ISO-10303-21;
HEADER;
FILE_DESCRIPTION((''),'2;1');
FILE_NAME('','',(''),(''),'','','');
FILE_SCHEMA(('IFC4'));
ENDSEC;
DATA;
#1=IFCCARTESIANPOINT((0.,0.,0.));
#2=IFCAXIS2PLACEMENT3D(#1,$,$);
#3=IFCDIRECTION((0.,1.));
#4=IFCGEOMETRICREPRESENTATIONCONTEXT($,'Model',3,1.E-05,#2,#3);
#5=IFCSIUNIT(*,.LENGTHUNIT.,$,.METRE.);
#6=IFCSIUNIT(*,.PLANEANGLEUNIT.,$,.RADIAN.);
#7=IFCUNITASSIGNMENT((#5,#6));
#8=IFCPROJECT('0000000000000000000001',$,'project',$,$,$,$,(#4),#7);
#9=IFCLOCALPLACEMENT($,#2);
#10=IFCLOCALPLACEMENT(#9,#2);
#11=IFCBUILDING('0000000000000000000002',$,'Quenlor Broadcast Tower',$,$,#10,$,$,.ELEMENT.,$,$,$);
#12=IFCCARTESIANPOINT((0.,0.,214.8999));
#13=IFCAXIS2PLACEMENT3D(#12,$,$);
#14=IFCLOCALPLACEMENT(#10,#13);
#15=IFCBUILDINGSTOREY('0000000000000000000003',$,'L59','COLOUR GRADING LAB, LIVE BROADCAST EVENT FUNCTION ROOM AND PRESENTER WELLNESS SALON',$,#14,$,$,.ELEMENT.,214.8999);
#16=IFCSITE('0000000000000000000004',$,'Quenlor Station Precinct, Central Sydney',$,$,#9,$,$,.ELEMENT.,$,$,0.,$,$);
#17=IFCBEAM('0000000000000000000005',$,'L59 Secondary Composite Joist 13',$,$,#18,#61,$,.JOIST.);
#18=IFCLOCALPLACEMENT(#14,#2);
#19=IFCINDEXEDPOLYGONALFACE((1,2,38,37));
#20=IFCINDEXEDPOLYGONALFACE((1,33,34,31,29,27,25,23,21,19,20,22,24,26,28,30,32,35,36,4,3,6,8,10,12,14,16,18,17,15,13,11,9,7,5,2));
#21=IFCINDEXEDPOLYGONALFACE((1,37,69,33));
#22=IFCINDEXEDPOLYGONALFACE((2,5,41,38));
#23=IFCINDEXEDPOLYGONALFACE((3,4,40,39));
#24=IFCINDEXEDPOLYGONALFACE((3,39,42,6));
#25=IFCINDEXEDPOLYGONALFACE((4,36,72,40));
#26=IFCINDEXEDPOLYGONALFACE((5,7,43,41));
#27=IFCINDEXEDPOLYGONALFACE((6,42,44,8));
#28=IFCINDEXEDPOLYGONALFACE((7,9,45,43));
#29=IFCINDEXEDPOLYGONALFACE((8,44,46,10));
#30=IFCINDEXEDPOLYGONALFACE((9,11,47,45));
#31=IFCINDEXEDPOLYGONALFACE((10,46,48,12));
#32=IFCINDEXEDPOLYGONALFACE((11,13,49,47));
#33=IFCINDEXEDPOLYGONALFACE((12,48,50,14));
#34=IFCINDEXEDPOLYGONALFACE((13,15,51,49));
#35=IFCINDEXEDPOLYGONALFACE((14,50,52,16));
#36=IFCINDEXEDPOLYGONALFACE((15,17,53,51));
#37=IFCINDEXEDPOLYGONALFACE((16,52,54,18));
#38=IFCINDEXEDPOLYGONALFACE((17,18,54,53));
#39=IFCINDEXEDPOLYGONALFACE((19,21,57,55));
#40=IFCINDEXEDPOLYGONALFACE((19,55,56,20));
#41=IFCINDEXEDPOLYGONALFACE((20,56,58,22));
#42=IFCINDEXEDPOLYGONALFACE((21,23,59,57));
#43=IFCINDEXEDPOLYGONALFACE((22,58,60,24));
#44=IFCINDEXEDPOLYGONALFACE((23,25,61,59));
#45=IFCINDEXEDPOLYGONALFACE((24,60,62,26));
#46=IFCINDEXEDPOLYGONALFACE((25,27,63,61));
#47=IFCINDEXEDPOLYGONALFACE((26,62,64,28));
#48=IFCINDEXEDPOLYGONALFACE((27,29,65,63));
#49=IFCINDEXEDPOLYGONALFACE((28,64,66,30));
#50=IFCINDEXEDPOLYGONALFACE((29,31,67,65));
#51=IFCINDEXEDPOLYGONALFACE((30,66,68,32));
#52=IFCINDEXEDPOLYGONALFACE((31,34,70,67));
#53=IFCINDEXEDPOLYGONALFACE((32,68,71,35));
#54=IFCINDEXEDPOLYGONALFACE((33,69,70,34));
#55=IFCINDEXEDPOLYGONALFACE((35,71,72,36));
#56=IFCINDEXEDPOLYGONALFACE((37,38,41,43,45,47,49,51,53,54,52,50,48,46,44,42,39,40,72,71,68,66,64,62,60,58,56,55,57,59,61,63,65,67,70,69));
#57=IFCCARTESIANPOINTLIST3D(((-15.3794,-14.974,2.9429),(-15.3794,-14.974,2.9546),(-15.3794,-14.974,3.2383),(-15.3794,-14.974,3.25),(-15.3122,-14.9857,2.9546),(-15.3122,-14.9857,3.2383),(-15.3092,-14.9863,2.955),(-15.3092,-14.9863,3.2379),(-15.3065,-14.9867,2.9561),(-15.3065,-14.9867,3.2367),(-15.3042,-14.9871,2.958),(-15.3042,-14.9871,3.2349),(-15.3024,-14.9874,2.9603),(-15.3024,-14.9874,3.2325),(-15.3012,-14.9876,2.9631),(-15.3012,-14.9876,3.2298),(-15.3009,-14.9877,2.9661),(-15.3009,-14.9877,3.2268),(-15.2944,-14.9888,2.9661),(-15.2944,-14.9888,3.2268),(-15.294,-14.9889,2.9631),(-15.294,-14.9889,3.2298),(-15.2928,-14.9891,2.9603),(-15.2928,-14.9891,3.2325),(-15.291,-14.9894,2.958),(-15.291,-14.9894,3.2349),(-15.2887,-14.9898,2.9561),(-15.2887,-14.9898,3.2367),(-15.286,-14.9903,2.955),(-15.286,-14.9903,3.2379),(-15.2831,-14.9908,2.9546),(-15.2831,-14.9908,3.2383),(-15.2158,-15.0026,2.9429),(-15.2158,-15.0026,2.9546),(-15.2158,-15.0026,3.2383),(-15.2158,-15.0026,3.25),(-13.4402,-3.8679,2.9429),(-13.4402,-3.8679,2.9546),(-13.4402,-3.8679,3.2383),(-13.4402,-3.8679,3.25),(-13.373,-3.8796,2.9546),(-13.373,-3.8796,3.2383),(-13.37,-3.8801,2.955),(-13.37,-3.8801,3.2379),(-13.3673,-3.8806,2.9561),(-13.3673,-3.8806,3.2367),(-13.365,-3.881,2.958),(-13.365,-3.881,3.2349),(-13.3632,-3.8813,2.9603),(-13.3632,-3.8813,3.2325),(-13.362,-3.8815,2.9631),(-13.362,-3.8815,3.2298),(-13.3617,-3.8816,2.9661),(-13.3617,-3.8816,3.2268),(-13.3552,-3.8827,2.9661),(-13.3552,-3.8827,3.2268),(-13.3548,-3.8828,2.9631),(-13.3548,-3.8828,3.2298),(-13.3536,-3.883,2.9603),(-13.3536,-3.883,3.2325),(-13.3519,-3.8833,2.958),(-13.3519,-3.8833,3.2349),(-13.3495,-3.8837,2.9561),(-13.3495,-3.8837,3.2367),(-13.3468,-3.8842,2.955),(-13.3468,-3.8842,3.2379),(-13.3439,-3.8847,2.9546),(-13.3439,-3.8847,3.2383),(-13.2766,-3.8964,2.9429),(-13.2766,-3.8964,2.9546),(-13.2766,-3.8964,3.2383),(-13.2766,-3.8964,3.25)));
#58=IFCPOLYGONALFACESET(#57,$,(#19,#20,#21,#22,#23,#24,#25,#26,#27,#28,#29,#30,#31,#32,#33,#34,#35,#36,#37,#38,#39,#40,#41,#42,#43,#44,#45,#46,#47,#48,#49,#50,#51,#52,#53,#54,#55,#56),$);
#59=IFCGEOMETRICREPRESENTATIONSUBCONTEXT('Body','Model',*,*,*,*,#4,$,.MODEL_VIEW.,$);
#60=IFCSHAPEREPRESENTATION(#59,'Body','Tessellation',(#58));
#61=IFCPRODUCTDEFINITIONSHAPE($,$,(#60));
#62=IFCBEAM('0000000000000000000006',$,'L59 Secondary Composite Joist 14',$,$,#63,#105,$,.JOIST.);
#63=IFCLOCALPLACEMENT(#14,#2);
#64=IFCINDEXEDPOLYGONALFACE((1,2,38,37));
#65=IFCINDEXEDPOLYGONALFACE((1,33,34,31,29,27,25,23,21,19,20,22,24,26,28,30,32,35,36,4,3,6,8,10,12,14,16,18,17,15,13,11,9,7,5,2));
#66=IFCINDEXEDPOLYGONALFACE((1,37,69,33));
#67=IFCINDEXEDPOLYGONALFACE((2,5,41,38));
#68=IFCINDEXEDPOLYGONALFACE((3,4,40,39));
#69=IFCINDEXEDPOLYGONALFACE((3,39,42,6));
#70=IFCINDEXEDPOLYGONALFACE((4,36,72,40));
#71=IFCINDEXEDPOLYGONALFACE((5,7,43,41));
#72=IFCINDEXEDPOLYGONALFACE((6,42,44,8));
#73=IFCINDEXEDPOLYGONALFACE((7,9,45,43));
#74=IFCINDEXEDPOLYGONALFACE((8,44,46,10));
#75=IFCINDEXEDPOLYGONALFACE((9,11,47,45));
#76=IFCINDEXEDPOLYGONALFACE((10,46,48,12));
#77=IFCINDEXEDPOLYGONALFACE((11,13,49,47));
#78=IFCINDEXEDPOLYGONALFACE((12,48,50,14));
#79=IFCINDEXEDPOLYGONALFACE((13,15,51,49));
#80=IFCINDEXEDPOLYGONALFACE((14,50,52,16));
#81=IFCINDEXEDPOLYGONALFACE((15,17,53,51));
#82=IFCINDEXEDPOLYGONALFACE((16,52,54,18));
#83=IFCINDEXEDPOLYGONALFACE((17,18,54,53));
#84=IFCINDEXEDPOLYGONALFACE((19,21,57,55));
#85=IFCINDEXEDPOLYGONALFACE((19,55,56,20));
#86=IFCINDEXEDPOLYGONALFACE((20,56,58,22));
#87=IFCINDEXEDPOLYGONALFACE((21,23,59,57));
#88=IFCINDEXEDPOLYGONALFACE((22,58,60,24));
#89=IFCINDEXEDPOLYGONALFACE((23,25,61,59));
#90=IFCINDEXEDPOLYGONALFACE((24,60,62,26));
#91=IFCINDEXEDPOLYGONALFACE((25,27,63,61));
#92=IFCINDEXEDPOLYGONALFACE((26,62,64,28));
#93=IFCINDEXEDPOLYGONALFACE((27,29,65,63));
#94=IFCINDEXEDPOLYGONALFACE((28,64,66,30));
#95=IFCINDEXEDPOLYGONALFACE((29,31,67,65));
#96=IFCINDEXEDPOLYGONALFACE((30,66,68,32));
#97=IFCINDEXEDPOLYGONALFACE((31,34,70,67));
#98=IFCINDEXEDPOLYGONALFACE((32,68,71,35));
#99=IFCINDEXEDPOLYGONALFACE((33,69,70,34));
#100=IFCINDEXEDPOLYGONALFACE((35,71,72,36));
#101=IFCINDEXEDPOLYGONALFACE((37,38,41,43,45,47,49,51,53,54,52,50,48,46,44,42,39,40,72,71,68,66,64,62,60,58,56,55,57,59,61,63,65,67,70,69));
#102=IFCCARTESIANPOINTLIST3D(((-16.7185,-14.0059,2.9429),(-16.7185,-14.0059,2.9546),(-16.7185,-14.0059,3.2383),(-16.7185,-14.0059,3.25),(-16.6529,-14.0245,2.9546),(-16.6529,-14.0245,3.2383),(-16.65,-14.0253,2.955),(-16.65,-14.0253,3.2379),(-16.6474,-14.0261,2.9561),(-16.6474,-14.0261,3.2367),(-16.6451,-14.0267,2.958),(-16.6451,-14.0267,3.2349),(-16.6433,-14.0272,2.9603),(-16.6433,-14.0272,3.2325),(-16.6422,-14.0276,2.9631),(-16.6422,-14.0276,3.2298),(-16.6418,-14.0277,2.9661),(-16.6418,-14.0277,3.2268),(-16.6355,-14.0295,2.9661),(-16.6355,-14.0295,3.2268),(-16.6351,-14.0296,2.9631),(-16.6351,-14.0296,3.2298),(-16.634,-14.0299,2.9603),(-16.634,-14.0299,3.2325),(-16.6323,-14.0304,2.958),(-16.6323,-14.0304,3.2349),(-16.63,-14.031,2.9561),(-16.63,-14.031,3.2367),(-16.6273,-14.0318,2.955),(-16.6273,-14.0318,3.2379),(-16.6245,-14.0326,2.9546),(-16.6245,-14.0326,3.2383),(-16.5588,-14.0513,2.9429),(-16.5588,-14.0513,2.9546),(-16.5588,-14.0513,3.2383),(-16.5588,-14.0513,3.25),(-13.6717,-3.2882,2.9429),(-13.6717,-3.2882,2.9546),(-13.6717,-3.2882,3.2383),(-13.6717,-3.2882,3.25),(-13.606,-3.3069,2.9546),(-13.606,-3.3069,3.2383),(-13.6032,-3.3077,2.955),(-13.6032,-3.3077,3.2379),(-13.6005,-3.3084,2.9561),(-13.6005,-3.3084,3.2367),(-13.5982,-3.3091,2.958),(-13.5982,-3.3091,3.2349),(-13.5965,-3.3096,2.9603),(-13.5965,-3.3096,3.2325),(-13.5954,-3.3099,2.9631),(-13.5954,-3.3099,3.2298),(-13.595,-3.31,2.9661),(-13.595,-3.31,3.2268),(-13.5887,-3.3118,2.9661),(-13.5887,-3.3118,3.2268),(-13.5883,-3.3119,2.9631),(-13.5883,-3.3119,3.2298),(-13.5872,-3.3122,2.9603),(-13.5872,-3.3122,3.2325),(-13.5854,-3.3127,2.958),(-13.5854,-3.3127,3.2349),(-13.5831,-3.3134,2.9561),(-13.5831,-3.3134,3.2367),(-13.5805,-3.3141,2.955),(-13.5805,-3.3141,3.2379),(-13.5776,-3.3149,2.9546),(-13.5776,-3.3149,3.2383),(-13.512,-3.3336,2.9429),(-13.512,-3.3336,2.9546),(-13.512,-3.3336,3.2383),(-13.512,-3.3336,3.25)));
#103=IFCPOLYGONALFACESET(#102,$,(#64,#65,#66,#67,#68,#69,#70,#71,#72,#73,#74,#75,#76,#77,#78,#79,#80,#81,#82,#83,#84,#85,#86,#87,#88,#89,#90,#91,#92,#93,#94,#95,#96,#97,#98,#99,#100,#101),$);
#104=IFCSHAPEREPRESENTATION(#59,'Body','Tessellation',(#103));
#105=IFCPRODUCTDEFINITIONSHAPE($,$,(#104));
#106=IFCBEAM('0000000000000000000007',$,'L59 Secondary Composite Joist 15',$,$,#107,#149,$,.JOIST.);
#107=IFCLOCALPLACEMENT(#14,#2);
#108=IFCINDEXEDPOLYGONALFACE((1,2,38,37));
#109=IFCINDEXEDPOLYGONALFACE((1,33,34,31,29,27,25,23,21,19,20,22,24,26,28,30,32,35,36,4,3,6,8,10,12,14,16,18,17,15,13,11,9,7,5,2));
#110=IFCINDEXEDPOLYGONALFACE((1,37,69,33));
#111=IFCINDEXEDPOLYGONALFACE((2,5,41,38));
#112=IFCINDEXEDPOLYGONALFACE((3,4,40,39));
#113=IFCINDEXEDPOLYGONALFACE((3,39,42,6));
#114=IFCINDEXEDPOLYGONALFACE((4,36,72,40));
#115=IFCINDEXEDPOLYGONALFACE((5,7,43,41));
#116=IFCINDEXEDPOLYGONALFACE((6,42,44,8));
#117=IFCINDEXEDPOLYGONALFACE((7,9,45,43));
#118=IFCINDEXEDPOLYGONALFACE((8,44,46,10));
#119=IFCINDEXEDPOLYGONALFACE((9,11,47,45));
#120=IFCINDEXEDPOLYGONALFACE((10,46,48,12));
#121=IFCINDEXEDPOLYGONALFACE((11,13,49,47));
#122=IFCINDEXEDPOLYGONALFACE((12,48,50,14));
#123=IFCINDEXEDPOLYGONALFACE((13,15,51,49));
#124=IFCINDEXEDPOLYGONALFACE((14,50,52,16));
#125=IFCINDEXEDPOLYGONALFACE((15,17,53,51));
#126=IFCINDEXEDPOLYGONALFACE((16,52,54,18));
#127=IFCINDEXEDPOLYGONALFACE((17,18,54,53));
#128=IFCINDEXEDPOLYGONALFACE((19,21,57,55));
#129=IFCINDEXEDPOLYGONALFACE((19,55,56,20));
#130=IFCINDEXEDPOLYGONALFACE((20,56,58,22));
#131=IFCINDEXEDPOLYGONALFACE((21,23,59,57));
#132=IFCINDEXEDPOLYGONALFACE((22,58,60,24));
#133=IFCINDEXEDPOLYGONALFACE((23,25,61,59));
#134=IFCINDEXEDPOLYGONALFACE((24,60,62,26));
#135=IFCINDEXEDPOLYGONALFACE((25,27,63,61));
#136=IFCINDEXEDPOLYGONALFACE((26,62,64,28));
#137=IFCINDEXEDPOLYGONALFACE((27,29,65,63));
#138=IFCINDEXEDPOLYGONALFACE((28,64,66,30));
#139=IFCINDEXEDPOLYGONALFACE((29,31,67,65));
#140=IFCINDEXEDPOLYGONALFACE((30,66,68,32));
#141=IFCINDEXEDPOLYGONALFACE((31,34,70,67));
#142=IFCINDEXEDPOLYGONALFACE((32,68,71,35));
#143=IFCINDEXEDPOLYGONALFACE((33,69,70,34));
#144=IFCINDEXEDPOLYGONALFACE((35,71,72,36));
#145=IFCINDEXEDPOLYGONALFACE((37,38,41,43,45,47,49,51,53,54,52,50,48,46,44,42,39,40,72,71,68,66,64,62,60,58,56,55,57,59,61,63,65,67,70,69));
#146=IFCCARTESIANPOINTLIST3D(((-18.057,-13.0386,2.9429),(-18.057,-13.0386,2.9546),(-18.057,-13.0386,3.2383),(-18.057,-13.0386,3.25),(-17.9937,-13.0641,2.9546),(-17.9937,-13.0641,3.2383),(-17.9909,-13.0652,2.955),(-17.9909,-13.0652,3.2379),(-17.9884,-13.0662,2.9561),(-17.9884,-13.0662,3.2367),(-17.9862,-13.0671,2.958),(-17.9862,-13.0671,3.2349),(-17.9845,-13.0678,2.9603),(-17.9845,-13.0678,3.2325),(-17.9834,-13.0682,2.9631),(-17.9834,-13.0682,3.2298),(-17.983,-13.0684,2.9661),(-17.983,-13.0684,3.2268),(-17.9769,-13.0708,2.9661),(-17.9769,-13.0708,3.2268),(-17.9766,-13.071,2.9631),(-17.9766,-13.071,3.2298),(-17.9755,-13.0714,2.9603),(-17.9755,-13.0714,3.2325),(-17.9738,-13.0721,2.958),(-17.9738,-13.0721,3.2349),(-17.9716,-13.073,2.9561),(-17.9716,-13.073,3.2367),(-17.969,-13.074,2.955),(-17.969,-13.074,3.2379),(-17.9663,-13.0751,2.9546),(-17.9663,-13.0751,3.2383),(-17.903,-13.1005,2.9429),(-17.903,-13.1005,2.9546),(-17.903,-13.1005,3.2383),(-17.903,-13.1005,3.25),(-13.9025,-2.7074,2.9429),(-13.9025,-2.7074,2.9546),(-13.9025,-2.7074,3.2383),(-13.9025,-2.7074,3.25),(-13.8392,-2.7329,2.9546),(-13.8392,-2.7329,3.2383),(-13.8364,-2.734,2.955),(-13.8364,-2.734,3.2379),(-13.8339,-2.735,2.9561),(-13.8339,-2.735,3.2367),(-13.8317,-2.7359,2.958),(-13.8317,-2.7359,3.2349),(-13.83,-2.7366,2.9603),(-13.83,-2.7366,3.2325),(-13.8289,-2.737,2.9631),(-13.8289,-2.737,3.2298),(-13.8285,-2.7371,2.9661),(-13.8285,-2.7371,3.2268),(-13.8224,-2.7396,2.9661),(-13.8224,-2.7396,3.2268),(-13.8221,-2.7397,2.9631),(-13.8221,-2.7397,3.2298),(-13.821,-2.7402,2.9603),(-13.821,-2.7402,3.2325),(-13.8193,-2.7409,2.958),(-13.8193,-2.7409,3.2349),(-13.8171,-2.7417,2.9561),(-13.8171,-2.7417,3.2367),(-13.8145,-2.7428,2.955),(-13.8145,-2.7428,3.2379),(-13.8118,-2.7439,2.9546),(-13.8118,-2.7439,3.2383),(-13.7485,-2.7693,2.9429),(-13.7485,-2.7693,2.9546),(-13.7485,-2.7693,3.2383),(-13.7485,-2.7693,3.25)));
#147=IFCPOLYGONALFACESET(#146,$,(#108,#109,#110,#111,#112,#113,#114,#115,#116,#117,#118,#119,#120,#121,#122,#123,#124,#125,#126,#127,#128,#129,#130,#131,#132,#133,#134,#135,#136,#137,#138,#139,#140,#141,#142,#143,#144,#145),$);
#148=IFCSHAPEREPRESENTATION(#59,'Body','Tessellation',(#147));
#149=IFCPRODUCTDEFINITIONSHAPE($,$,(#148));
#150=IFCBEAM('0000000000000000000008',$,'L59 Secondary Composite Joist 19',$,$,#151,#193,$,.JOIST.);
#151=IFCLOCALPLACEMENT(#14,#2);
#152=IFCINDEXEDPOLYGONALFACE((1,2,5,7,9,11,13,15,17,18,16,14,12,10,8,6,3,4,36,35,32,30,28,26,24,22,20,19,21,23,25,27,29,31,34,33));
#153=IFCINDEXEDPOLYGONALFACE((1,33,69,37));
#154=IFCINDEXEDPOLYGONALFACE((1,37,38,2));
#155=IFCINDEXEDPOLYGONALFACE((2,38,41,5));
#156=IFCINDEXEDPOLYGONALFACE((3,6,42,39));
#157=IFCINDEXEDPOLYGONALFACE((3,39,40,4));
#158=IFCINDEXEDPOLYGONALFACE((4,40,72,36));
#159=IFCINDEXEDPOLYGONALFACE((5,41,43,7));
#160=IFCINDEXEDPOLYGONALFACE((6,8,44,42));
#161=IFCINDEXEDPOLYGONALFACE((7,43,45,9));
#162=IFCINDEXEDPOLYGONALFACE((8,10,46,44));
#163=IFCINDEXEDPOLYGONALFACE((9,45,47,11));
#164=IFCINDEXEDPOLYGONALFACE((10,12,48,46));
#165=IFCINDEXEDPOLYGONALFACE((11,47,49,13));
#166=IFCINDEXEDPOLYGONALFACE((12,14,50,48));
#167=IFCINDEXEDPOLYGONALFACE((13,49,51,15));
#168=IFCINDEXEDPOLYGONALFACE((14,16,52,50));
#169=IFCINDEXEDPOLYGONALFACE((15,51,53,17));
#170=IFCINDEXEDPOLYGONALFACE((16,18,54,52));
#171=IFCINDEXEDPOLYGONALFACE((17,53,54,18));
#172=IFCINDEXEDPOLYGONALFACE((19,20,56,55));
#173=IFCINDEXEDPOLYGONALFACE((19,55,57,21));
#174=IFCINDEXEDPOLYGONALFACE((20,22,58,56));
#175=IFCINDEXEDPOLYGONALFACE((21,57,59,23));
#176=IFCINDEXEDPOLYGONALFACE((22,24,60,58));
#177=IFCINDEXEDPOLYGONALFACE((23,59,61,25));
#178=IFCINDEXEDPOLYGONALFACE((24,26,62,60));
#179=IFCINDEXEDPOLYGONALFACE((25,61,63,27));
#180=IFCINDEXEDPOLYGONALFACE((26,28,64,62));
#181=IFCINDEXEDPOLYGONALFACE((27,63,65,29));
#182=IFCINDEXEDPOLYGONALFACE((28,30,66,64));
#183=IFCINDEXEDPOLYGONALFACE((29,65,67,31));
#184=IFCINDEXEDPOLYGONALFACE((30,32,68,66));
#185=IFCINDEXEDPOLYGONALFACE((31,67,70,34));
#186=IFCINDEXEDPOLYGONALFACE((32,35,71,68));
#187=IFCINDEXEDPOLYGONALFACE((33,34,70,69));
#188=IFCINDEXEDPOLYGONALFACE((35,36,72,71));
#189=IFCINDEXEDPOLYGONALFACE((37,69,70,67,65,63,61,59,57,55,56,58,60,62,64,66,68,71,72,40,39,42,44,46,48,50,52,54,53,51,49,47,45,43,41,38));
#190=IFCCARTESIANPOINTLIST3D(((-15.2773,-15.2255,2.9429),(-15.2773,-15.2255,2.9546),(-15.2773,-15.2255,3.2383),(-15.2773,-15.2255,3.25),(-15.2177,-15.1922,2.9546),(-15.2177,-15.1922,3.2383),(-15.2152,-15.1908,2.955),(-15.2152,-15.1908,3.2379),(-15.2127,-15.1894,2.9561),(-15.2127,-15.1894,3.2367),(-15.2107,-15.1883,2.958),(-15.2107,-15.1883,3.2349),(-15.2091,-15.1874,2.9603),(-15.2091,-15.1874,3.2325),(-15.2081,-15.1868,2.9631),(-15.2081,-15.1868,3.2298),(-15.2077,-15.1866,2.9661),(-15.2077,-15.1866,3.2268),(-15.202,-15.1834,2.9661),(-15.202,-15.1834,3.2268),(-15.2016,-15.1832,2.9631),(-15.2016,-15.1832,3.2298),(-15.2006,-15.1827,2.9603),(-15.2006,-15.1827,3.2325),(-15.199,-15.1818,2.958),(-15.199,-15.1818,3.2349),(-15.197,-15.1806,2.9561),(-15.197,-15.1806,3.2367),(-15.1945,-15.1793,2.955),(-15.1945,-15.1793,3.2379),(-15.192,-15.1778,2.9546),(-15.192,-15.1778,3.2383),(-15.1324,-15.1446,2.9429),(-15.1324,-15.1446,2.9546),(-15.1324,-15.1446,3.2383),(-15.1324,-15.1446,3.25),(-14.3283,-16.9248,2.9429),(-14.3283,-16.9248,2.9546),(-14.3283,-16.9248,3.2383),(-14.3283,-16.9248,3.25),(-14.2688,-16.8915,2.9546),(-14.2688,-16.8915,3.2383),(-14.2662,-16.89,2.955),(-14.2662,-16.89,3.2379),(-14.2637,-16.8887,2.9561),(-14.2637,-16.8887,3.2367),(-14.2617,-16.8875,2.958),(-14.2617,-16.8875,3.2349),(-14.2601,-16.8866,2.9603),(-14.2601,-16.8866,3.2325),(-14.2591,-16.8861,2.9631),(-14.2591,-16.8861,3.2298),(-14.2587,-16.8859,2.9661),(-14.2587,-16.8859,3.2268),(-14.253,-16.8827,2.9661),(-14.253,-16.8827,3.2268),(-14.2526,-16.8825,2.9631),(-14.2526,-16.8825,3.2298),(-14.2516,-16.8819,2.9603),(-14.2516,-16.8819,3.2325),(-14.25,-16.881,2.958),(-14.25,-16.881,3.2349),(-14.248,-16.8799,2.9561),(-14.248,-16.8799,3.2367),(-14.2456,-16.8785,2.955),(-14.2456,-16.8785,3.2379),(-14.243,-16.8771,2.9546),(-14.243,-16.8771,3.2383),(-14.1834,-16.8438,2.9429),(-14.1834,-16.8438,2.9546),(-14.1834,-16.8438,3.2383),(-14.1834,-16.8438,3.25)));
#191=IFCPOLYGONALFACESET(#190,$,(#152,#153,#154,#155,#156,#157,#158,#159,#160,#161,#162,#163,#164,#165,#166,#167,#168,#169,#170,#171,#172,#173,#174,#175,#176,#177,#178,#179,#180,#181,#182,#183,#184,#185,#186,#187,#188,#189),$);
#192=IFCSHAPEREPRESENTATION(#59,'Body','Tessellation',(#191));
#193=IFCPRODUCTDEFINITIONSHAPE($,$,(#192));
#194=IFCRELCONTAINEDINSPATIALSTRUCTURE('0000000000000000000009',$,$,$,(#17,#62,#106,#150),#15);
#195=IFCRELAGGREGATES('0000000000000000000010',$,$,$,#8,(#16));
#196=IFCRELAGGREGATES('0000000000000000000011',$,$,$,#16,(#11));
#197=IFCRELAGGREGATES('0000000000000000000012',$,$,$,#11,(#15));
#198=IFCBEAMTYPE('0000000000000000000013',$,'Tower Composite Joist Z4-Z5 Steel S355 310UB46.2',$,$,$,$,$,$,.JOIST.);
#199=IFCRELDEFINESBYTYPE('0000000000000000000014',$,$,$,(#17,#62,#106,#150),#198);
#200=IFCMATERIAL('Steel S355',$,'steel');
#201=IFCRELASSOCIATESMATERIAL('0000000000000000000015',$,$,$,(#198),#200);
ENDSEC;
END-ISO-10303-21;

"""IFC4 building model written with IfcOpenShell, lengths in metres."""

from ifc_helpers import new_model, si_unit, direction, frame, origin, origin_2d, place, context, subcontext, project, spatial, i_section, extrude, material, material_profile, profile_set, type_object, element, save


model = new_model("IFC4")

# Units and contexts
model_context = context("Model", 3, precision=1e-05, world=origin(), true_north=direction((0.0, 1.0)))
body_context = subcontext(model_context, "Body", "Model", "MODEL_VIEW")
ifc_project = project(units=[si_unit("LENGTHUNIT", "METRE"), si_unit("PLANEANGLEUNIT", "RADIAN")], contexts=[model_context])

# Site, building, storey
site_placement = place(None, origin())
site = spatial("IfcSite", under=ifc_project, at=site_placement, Name="Quenlor Station Precinct, Central Sydney", CompositionType="ELEMENT", RefElevation=0.0)
building_placement = place(site_placement, origin())
building = spatial("IfcBuilding", under=site, at=building_placement, Name="Quenlor Broadcast Tower", CompositionType="ELEMENT")
storey_placement = place(building_placement, frame((0.0, 0.0, 214.8999)))
storey = spatial("IfcBuildingStorey", under=building, at=storey_placement, Name="L59", Description="COLOUR GRADING LAB, LIVE BROADCAST EVENT FUNCTION ROOM AND PRESENTER WELLNESS SALON", CompositionType="ELEMENT", Elevation=214.8999)

# Beams
ifc_material_1 = material(Name="Steel S355", Category="steel")
ifc_material_profile_1 = material_profile(ifc_material_1, i_section(OverallWidth=0.166, OverallDepth=0.3071, WebThickness=0.0066, FlangeThickness=0.0117, FilletRadius=0.0115, at=origin_2d()))
ifc_profile_set_1 = profile_set([ifc_material_profile_1], Name="Steel S355 310UB46.2")
beam_type_1 = type_object("IfcBeamType", Name="Tower Composite Joist Z4-Z5 Steel S355 310UB46.2", PredefinedType="JOIST", material=ifc_profile_set_1)
beam_1_placement = place(storey_placement, frame((-15.2976, -14.9883, 3.0964), z_axis=(0.172004, 0.985096, 0.0), x_axis=(-0.985096, 0.172004, 0.0)))
element("IfcBeam", 1, at=beam_1_placement, inside=storey, type_object=beam_type_1, Name="L59 Secondary Composite Joist 13", PredefinedType="JOIST", context=body_context, shape_type="SweptSolid", body=[
    extrude(i_section(OverallWidth=0.166, OverallDepth=0.3071, WebThickness=0.0066, FlangeThickness=0.0117, FilletRadius=0.0115, at=origin_2d()), origin(), (0.0, 0.0, 1.0), 11.2742),
])
beam_2_placement = place(storey_placement, frame((-16.6387, -14.0286, 3.0964), z_axis=(0.273448, 0.961887, 0.0), x_axis=(-0.961887, 0.273448, 0.0)))
element("IfcBeam", 2, at=beam_2_placement, inside=storey, type_object=beam_type_1, Name="L59 Secondary Composite Joist 14", PredefinedType="JOIST", context=body_context, shape_type="SweptSolid", body=[
    extrude(i_section(OverallWidth=0.166, OverallDepth=0.3071, WebThickness=0.0066, FlangeThickness=0.0117, FilletRadius=0.0115, at=origin_2d()), origin(), (0.0, 0.0, 1.0), 11.1423),
])
beam_3_placement = place(storey_placement, frame((-17.98, -13.0696, 3.0964), z_axis=(0.373095, 0.927793, 0.0), x_axis=(-0.927793, 0.373095, 0.0)))
element("IfcBeam", 3, at=beam_3_placement, inside=storey, type_object=beam_type_1, Name="L59 Secondary Composite Joist 15", PredefinedType="JOIST", context=body_context, shape_type="SweptSolid", body=[
    extrude(i_section(OverallWidth=0.166, OverallDepth=0.3071, WebThickness=0.0066, FlangeThickness=0.0117, FilletRadius=0.0115, at=origin_2d()), origin(), (0.0, 0.0, 1.0), 11.1353),
])
beam_4_placement = place(storey_placement, frame((-14.2559, -16.8843, 3.0964), z_axis=(-0.487591, 0.873072, 0.0), x_axis=(-0.873072, -0.487591, 0.0)))
element("IfcBeam", 4, at=beam_4_placement, inside=storey, type_object=beam_type_1, Name="L59 Secondary Composite Joist 19", PredefinedType="JOIST", context=body_context, shape_type="SweptSolid", body=[
    extrude(i_section(OverallWidth=0.166, OverallDepth=0.3071, WebThickness=0.0066, FlangeThickness=0.0117, FilletRadius=0.0115, at=origin_2d()), origin(), (0.0, 0.0, 1.0), 1.9463),
])

save(model, "model.ifc")
